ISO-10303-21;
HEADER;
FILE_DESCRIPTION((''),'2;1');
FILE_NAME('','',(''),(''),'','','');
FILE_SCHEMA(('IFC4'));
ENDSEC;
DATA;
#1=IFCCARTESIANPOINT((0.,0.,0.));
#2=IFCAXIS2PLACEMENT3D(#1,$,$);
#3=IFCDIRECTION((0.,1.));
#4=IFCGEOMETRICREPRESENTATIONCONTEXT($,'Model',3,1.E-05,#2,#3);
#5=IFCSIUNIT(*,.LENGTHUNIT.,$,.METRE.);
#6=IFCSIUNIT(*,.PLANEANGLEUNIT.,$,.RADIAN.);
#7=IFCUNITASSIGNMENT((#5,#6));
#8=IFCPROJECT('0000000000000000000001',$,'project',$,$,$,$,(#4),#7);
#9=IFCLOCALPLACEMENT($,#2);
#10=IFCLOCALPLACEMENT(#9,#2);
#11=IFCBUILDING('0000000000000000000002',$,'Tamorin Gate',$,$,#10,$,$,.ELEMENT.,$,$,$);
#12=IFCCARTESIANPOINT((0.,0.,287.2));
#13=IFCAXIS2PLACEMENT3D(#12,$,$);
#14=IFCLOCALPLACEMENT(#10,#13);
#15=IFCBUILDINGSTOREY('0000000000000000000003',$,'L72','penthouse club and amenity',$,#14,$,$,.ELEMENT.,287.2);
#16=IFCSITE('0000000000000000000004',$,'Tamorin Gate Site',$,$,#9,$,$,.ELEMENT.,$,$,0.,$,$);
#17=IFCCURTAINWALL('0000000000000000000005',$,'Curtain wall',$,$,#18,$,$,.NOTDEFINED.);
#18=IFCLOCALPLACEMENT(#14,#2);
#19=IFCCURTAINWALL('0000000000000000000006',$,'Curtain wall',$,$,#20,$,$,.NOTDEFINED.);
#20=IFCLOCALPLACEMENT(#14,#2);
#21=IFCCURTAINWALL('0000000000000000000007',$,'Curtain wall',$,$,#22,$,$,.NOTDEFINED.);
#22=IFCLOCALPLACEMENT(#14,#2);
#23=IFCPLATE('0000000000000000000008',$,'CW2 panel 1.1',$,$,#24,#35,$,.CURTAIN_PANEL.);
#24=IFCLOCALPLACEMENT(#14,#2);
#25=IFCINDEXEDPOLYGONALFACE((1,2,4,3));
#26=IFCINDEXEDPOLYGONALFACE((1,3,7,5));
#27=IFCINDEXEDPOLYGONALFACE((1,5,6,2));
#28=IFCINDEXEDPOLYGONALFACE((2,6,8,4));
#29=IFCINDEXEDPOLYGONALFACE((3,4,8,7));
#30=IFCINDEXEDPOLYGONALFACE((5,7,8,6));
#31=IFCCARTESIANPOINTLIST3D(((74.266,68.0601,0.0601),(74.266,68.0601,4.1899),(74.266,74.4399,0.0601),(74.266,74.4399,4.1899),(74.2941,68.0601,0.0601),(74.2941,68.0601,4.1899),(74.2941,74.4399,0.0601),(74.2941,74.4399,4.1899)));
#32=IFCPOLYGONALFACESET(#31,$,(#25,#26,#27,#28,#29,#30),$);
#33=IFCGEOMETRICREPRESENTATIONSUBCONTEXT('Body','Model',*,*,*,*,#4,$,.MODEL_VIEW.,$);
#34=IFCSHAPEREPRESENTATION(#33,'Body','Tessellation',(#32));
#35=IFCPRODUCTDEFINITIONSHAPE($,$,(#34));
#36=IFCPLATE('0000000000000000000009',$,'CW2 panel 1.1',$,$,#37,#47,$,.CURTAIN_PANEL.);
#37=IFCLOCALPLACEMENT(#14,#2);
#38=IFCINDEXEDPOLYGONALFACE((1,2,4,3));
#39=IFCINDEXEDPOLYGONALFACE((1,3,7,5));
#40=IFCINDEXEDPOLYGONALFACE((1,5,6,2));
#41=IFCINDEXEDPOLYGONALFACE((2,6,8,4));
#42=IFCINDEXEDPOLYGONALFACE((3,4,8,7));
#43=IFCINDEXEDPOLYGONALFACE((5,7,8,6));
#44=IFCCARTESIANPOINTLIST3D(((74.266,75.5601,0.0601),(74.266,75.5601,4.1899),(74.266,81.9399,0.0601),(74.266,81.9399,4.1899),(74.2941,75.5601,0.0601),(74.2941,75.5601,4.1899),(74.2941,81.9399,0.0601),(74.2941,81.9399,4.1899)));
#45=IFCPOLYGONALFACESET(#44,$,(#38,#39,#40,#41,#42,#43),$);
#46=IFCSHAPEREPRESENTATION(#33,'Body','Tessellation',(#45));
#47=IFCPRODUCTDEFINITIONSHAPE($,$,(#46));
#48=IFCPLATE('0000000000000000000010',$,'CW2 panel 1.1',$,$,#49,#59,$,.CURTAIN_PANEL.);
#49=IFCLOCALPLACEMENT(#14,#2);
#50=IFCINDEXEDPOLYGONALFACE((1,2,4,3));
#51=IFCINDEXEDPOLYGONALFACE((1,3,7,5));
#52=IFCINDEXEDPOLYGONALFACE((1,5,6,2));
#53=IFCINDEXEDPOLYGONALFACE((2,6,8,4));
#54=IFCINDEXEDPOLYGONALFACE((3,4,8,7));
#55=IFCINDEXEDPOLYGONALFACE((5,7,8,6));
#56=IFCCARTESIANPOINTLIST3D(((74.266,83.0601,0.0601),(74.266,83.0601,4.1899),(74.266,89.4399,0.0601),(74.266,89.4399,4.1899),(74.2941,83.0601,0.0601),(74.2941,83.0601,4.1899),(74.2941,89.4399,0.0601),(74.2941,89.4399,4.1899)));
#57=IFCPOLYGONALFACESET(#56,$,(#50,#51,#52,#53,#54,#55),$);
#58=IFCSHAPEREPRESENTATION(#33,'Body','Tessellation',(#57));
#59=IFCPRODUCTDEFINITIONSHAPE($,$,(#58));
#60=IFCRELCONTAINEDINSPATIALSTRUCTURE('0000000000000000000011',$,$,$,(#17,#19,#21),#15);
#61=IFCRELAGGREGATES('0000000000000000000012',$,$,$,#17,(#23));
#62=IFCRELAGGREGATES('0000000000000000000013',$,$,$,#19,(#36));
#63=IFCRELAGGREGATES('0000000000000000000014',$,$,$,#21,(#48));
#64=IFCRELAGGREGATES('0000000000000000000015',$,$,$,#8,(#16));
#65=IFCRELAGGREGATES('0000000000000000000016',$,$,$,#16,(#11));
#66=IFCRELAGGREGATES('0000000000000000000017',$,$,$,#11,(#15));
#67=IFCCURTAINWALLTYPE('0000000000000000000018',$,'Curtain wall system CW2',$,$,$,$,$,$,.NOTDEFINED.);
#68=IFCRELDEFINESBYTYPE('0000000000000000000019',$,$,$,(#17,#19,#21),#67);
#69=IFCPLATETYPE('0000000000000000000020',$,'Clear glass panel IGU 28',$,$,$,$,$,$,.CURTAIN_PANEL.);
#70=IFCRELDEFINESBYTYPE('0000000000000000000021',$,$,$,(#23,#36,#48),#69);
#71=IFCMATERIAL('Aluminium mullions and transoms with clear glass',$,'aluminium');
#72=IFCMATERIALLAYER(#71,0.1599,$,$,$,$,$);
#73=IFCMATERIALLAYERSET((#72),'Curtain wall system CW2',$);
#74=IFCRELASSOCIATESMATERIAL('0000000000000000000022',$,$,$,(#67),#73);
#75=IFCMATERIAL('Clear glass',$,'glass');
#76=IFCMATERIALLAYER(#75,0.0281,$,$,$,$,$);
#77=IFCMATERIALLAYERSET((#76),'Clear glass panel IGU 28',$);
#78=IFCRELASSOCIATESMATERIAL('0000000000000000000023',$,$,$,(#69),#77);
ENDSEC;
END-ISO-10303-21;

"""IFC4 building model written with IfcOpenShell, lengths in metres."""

from ifc_helpers import new_model, si_unit, direction, frame, origin, origin_2d, place, context, subcontext, project, spatial, rectangle, extrude, material, layer, layer_set, type_object, element, aggregate, save


model = new_model("IFC4")

# Units and contexts
model_context = context("Model", 3, precision=1e-05, world=origin(), true_north=direction((0.0, 1.0)))
body_context = subcontext(model_context, "Body", "Model", "MODEL_VIEW")
ifc_project = project(units=[si_unit("LENGTHUNIT", "METRE"), si_unit("PLANEANGLEUNIT", "RADIAN")], contexts=[model_context])

# Site, building, storey
site_placement = place(None, origin())
site = spatial("IfcSite", under=ifc_project, at=site_placement, Name="Tamorin Gate Site", CompositionType="ELEMENT", RefElevation=0.0)
building_placement = place(site_placement, origin())
building = spatial("IfcBuilding", under=site, at=building_placement, Name="Tamorin Gate", CompositionType="ELEMENT")
storey_placement = place(building_placement, frame((0.0, 0.0, 287.2)))
storey = spatial("IfcBuildingStorey", under=building, at=storey_placement, Name="L72", Description="penthouse club and amenity", CompositionType="ELEMENT", Elevation=287.2)

# Curtain wall
ifc_material_1 = material(Name="Aluminium mullions and transoms with clear glass", Category="aluminium")
ifc_layer_1 = layer(ifc_material_1, 0.1599)
ifc_layer_set_1 = layer_set([ifc_layer_1], Name="Curtain wall system CW2")
curtain_wall_type = type_object("IfcCurtainWallType", Name="Curtain wall system CW2", PredefinedType="NOTDEFINED", material=ifc_layer_set_1)
curtain_wall_1_placement = place(storey_placement, origin())
curtain_wall_1 = element("IfcCurtainWall", 1, at=curtain_wall_1_placement, inside=storey, type_object=curtain_wall_type, Name="Curtain wall", PredefinedType="NOTDEFINED")

# Curtain walls
curtain_wall_2_placement = place(storey_placement, origin())
curtain_wall_2 = element("IfcCurtainWall", 2, at=curtain_wall_2_placement, inside=storey, type_object=curtain_wall_type, Name="Curtain wall", PredefinedType="NOTDEFINED")
curtain_wall_3_placement = place(storey_placement, origin())
curtain_wall_3 = element("IfcCurtainWall", 3, at=curtain_wall_3_placement, inside=storey, type_object=curtain_wall_type, Name="Curtain wall", PredefinedType="NOTDEFINED")

# Plates
ifc_material_2 = material(Name="Clear glass", Category="glass")
ifc_layer_2 = layer(ifc_material_2, 0.0281)
ifc_layer_set_2 = layer_set([ifc_layer_2], Name="Clear glass panel IGU 28")
plate_type = type_object("IfcPlateType", Name="Clear glass panel IGU 28", PredefinedType="CURTAIN_PANEL", material=ifc_layer_set_2)
plate_1_placement = place(storey_placement, frame((74.28, 71.25, 0.0601), z_axis=(0.0, 0.0, 1.0), x_axis=(0.0, 1.0, 0.0)))
plate_1 = element("IfcPlate", 4, at=plate_1_placement, type_object=plate_type, Name="CW2 panel 1.1", PredefinedType="CURTAIN_PANEL", context=body_context, shape_type="SweptSolid", body=[
    extrude(rectangle(XDim=6.3799, YDim=0.0281, at=origin_2d()), origin(), (0.0, 0.0, 1.0), 4.1299),
])
aggregate(curtain_wall_1, [plate_1])
plate_2_placement = place(storey_placement, frame((74.28, 78.75, 0.0601), z_axis=(0.0, 0.0, 1.0), x_axis=(0.0, 1.0, 0.0)))
plate_2 = element("IfcPlate", 5, at=plate_2_placement, type_object=plate_type, Name="CW2 panel 1.1", PredefinedType="CURTAIN_PANEL", context=body_context, shape_type="SweptSolid", body=[
    extrude(rectangle(XDim=6.3799, YDim=0.0281, at=origin_2d()), origin(), (0.0, 0.0, 1.0), 4.1299),
])
aggregate(curtain_wall_2, [plate_2])
plate_3_placement = place(storey_placement, frame((74.28, 86.25, 0.0601), z_axis=(0.0, 0.0, 1.0), x_axis=(0.0, 1.0, 0.0)))
plate_3 = element("IfcPlate", 6, at=plate_3_placement, type_object=plate_type, Name="CW2 panel 1.1", PredefinedType="CURTAIN_PANEL", context=body_context, shape_type="SweptSolid", body=[
    extrude(rectangle(XDim=6.3799, YDim=0.0281, at=origin_2d()), origin(), (0.0, 0.0, 1.0), 4.1299),
])
aggregate(curtain_wall_3, [plate_3])

save(model, "model.ifc")
